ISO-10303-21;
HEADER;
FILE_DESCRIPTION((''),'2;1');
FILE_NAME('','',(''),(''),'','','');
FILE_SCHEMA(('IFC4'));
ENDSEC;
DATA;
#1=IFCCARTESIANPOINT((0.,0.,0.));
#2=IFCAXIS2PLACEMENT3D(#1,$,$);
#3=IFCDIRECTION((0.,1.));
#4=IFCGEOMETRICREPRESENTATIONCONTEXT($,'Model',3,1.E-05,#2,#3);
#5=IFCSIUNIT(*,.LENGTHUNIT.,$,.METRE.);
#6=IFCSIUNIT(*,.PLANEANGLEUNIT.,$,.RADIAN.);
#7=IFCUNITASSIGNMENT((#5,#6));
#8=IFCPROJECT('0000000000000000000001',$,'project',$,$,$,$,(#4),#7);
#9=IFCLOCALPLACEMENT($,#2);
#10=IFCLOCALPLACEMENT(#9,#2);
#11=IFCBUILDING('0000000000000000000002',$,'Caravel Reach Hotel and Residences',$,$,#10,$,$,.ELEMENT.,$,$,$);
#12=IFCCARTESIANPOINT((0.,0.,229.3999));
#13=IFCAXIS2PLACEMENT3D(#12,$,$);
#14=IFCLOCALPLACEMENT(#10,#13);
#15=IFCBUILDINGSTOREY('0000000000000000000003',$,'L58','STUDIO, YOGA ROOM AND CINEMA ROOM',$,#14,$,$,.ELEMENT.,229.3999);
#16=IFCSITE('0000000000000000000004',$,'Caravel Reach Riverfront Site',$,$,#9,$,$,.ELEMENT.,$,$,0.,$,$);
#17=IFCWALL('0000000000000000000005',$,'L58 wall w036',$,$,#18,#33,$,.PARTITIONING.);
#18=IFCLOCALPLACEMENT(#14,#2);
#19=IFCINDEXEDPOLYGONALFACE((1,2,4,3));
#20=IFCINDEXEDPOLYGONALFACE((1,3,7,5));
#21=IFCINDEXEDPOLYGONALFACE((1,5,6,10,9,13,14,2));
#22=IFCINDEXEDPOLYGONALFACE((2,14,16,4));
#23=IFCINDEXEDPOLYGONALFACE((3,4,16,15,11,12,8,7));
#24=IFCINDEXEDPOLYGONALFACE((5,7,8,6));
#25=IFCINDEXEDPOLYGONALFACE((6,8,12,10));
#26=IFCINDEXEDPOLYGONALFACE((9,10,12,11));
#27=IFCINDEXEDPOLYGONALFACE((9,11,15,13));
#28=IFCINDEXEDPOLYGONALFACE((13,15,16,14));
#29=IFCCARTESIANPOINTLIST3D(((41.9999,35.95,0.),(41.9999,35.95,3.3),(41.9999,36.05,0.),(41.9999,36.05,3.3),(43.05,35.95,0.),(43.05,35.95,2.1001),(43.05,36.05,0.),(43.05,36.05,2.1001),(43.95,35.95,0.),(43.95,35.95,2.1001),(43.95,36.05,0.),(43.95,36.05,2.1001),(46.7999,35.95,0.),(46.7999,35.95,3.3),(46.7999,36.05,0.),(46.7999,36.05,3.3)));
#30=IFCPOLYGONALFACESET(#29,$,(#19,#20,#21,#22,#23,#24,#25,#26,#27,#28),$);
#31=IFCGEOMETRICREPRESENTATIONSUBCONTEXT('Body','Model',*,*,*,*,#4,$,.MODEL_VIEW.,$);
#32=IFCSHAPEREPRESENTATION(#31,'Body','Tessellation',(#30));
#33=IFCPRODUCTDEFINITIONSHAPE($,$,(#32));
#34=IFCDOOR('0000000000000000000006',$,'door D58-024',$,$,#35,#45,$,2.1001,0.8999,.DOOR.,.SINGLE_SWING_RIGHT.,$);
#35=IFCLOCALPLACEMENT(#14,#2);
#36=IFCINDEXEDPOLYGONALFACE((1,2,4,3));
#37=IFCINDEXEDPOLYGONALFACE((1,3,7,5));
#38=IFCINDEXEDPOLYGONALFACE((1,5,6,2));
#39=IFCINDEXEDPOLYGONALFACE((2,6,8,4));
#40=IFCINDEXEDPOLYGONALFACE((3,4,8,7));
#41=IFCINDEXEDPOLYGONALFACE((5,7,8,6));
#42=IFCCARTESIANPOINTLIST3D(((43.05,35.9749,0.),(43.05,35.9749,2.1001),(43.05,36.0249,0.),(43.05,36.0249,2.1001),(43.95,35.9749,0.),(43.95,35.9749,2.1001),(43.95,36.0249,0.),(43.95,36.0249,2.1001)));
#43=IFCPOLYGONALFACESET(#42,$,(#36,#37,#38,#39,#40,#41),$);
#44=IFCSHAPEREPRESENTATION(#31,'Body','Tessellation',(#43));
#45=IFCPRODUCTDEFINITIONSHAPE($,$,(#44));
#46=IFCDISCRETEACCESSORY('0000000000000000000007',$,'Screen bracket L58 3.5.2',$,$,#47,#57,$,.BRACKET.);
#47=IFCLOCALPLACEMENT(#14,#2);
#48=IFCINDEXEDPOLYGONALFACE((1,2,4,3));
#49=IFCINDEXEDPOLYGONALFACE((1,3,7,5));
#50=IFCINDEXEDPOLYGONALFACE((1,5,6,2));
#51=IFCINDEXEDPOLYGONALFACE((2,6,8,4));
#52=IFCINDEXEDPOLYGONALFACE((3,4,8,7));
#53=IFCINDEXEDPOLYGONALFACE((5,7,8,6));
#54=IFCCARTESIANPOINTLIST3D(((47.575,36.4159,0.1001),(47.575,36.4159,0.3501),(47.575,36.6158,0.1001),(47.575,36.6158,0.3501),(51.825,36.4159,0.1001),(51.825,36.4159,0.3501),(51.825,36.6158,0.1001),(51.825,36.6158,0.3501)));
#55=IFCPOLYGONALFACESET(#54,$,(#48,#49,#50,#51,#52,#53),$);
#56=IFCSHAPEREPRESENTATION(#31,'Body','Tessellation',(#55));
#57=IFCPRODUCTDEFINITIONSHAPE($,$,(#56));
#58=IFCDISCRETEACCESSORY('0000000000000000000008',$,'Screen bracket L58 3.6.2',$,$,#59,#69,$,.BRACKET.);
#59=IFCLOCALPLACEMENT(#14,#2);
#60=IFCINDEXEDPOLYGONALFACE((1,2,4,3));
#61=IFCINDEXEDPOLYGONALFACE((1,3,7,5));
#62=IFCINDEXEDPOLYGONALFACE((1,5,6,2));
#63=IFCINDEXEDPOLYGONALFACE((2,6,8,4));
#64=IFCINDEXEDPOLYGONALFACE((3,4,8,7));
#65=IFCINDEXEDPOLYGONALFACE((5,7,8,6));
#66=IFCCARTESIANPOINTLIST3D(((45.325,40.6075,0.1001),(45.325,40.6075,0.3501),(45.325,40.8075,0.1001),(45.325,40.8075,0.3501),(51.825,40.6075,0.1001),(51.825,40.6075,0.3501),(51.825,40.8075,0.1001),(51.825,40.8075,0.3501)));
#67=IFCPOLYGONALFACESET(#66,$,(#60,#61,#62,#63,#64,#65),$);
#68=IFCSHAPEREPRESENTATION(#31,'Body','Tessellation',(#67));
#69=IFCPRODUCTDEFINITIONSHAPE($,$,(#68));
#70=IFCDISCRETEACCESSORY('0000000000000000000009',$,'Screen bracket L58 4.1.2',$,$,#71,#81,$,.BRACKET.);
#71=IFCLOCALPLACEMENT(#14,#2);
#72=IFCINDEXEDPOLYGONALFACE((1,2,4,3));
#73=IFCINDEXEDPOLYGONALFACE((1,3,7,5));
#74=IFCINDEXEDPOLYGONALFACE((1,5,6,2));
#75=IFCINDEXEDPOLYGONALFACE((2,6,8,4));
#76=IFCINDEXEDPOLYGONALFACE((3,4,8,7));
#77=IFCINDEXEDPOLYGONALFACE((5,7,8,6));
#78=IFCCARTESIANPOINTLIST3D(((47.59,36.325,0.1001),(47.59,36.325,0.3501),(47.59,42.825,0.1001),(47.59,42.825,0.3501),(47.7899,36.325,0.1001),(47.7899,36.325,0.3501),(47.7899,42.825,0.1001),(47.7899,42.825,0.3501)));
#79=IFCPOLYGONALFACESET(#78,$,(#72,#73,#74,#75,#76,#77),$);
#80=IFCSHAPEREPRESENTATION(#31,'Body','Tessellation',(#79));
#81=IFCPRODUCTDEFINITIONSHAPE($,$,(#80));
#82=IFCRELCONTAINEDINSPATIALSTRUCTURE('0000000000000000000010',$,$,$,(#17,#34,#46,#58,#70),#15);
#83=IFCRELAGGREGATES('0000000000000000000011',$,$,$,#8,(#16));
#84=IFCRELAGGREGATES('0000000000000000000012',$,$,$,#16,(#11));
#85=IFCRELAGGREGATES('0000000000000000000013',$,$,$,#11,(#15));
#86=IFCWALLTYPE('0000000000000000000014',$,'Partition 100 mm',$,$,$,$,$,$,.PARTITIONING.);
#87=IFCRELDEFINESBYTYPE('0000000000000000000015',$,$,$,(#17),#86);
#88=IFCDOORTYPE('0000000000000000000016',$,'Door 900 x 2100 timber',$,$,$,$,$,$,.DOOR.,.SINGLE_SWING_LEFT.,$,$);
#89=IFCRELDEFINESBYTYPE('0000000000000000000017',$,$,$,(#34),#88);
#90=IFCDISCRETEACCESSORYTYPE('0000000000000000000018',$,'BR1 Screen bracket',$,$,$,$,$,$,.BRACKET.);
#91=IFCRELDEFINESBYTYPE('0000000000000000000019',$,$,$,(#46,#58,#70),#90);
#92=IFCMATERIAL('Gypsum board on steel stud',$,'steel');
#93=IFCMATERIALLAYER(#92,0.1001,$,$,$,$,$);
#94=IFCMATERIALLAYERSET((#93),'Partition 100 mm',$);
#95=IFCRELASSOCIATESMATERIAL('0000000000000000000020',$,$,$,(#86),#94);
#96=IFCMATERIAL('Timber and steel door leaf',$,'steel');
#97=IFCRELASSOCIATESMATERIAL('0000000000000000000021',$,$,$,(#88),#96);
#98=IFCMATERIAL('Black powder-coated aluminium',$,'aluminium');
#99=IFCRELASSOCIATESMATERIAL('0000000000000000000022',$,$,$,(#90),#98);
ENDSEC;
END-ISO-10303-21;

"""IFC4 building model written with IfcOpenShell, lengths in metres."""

from ifc_helpers import new_model, si_unit, direction, frame, frame_2d, origin, origin_2d, place, context, subcontext, project, spatial, rectangle, extrude, material, layer, layer_set, type_object, element, fill, save


model = new_model("IFC4")

# Units and contexts
model_context = context("Model", 3, precision=1e-05, world=origin(), true_north=direction((0.0, 1.0)))
body_context = subcontext(model_context, "Body", "Model", "MODEL_VIEW")
ifc_project = project(units=[si_unit("LENGTHUNIT", "METRE"), si_unit("PLANEANGLEUNIT", "RADIAN")], contexts=[model_context])

# Site, building, storey
site_placement = place(None, origin())
site = spatial("IfcSite", under=ifc_project, at=site_placement, Name="Caravel Reach Riverfront Site", CompositionType="ELEMENT", RefElevation=0.0)
building_placement = place(site_placement, origin())
building = spatial("IfcBuilding", under=site, at=building_placement, Name="Caravel Reach Hotel and Residences", CompositionType="ELEMENT")
storey_placement = place(building_placement, frame((0.0, 0.0, 229.3999)))
storey = spatial("IfcBuildingStorey", under=building, at=storey_placement, Name="L58", Description="STUDIO, YOGA ROOM AND CINEMA ROOM", CompositionType="ELEMENT", Elevation=229.3999)

# Wall, opening, door
ifc_material_1 = material(Name="Gypsum board on steel stud", Category="steel")
ifc_layer_1 = layer(ifc_material_1, 0.1001)
ifc_layer_set_1 = layer_set([ifc_layer_1], Name="Partition 100 mm")
wall_type_1 = type_object("IfcWallType", Name="Partition 100 mm", PredefinedType="PARTITIONING", material=ifc_layer_set_1)
wall_1_placement = place(storey_placement, frame((42.0, 36.0, 0.0), z_axis=(0.0, 0.0, 1.0), x_axis=(1.0, 0.0, 0.0)))
wall_1 = element("IfcWall", 1, at=wall_1_placement, inside=storey, type_object=wall_type_1, Name="L58 wall w036", PredefinedType="PARTITIONING", context=body_context, shape_type="SweptSolid", body=[
    extrude(rectangle(XDim=4.8, YDim=0.1001, at=frame_2d((2.3999, 0.0))), origin(), (0.0, 0.0, 1.0), 3.3),
])
opening_1_placement = place(wall_1_placement, frame((1.05, 0.0, 0.0)))
opening_1 = element("IfcOpeningElement", 2, at=opening_1_placement, cuts=wall_1, PredefinedType="OPENING", context=body_context, shape_type="SweptSolid", body=[
    extrude(rectangle(XDim=0.8999, YDim=2.1001, at=frame_2d((0.45, 1.05))), frame((0.0, 0.0601, 0.0), z_axis=(0.0, -1.0, 0.0), x_axis=(1.0, 0.0, 0.0)), (0.0, 0.0, 1.0), 0.1201),
])
ifc_material_2 = material(Name="Timber and steel door leaf", Category="steel")
door_type = type_object("IfcDoorType", Name="Door 900 x 2100 timber", OperationType="SINGLE_SWING_LEFT", PredefinedType="DOOR", material=ifc_material_2)
door_placement = place(opening_1_placement, origin())
door = element("IfcDoor", 3, at=door_placement, inside=storey, type_object=door_type, Name="door D58-024", OperationType="SINGLE_SWING_RIGHT", OverallHeight=2.1001, OverallWidth=0.8999, PredefinedType="DOOR", context=body_context, shape_type="SweptSolid", body=[
    extrude(rectangle(XDim=0.8999, YDim=2.1001, at=frame_2d((0.45, 1.05))), frame((0.0, 0.0249, 0.0), z_axis=(0.0, -1.0, 0.0), x_axis=(1.0, 0.0, 0.0)), (0.0, 0.0, 1.0), 0.05),
])
fill(opening_1, door)

# Discrete accessories
ifc_material_3 = material(Name="Black powder-coated aluminium", Category="aluminium")
discrete_accessory_type = type_object("IfcDiscreteAccessoryType", Name="BR1 Screen bracket", PredefinedType="BRACKET", material=ifc_material_3)
discrete_accessory_placement = place(storey_placement, frame((49.7, 36.5159, 0.1001), z_axis=(0.0, 0.0, 1.0), x_axis=(1.0, 0.0, 0.0)))
element("IfcDiscreteAccessory", 4, at=discrete_accessory_placement, inside=storey, type_object=discrete_accessory_type, Name="Screen bracket L58 3.5.2", PredefinedType="BRACKET", context=body_context, shape_type="SweptSolid", body=[
    extrude(rectangle(XDim=4.25, YDim=0.2, at=origin_2d()), origin(), (0.0, 0.0, 1.0), 0.25),
])
for number, where, z_axis, x_axis, name in (
    (5, (48.575, 40.7075, 0.1001), (0.0, 0.0, 1.0), (1.0, 0.0, 0.0), "Screen bracket L58 3.6.2"),
    (6, (47.6899, 39.575, 0.1001), (0.0, 0.0, 1.0), (0.0, 1.0, 0.0), "Screen bracket L58 4.1.2"),
):
    element("IfcDiscreteAccessory", number, at=place(storey_placement, frame(where, z_axis=z_axis, x_axis=x_axis)), inside=storey, type_object=discrete_accessory_type, Name=name, PredefinedType="BRACKET", context=body_context, shape_type="SweptSolid", body=[
        extrude(rectangle(XDim=6.5, YDim=0.2, at=origin_2d()), origin(), (0.0, 0.0, 1.0), 0.25),
    ])

save(model, "model.ifc")
